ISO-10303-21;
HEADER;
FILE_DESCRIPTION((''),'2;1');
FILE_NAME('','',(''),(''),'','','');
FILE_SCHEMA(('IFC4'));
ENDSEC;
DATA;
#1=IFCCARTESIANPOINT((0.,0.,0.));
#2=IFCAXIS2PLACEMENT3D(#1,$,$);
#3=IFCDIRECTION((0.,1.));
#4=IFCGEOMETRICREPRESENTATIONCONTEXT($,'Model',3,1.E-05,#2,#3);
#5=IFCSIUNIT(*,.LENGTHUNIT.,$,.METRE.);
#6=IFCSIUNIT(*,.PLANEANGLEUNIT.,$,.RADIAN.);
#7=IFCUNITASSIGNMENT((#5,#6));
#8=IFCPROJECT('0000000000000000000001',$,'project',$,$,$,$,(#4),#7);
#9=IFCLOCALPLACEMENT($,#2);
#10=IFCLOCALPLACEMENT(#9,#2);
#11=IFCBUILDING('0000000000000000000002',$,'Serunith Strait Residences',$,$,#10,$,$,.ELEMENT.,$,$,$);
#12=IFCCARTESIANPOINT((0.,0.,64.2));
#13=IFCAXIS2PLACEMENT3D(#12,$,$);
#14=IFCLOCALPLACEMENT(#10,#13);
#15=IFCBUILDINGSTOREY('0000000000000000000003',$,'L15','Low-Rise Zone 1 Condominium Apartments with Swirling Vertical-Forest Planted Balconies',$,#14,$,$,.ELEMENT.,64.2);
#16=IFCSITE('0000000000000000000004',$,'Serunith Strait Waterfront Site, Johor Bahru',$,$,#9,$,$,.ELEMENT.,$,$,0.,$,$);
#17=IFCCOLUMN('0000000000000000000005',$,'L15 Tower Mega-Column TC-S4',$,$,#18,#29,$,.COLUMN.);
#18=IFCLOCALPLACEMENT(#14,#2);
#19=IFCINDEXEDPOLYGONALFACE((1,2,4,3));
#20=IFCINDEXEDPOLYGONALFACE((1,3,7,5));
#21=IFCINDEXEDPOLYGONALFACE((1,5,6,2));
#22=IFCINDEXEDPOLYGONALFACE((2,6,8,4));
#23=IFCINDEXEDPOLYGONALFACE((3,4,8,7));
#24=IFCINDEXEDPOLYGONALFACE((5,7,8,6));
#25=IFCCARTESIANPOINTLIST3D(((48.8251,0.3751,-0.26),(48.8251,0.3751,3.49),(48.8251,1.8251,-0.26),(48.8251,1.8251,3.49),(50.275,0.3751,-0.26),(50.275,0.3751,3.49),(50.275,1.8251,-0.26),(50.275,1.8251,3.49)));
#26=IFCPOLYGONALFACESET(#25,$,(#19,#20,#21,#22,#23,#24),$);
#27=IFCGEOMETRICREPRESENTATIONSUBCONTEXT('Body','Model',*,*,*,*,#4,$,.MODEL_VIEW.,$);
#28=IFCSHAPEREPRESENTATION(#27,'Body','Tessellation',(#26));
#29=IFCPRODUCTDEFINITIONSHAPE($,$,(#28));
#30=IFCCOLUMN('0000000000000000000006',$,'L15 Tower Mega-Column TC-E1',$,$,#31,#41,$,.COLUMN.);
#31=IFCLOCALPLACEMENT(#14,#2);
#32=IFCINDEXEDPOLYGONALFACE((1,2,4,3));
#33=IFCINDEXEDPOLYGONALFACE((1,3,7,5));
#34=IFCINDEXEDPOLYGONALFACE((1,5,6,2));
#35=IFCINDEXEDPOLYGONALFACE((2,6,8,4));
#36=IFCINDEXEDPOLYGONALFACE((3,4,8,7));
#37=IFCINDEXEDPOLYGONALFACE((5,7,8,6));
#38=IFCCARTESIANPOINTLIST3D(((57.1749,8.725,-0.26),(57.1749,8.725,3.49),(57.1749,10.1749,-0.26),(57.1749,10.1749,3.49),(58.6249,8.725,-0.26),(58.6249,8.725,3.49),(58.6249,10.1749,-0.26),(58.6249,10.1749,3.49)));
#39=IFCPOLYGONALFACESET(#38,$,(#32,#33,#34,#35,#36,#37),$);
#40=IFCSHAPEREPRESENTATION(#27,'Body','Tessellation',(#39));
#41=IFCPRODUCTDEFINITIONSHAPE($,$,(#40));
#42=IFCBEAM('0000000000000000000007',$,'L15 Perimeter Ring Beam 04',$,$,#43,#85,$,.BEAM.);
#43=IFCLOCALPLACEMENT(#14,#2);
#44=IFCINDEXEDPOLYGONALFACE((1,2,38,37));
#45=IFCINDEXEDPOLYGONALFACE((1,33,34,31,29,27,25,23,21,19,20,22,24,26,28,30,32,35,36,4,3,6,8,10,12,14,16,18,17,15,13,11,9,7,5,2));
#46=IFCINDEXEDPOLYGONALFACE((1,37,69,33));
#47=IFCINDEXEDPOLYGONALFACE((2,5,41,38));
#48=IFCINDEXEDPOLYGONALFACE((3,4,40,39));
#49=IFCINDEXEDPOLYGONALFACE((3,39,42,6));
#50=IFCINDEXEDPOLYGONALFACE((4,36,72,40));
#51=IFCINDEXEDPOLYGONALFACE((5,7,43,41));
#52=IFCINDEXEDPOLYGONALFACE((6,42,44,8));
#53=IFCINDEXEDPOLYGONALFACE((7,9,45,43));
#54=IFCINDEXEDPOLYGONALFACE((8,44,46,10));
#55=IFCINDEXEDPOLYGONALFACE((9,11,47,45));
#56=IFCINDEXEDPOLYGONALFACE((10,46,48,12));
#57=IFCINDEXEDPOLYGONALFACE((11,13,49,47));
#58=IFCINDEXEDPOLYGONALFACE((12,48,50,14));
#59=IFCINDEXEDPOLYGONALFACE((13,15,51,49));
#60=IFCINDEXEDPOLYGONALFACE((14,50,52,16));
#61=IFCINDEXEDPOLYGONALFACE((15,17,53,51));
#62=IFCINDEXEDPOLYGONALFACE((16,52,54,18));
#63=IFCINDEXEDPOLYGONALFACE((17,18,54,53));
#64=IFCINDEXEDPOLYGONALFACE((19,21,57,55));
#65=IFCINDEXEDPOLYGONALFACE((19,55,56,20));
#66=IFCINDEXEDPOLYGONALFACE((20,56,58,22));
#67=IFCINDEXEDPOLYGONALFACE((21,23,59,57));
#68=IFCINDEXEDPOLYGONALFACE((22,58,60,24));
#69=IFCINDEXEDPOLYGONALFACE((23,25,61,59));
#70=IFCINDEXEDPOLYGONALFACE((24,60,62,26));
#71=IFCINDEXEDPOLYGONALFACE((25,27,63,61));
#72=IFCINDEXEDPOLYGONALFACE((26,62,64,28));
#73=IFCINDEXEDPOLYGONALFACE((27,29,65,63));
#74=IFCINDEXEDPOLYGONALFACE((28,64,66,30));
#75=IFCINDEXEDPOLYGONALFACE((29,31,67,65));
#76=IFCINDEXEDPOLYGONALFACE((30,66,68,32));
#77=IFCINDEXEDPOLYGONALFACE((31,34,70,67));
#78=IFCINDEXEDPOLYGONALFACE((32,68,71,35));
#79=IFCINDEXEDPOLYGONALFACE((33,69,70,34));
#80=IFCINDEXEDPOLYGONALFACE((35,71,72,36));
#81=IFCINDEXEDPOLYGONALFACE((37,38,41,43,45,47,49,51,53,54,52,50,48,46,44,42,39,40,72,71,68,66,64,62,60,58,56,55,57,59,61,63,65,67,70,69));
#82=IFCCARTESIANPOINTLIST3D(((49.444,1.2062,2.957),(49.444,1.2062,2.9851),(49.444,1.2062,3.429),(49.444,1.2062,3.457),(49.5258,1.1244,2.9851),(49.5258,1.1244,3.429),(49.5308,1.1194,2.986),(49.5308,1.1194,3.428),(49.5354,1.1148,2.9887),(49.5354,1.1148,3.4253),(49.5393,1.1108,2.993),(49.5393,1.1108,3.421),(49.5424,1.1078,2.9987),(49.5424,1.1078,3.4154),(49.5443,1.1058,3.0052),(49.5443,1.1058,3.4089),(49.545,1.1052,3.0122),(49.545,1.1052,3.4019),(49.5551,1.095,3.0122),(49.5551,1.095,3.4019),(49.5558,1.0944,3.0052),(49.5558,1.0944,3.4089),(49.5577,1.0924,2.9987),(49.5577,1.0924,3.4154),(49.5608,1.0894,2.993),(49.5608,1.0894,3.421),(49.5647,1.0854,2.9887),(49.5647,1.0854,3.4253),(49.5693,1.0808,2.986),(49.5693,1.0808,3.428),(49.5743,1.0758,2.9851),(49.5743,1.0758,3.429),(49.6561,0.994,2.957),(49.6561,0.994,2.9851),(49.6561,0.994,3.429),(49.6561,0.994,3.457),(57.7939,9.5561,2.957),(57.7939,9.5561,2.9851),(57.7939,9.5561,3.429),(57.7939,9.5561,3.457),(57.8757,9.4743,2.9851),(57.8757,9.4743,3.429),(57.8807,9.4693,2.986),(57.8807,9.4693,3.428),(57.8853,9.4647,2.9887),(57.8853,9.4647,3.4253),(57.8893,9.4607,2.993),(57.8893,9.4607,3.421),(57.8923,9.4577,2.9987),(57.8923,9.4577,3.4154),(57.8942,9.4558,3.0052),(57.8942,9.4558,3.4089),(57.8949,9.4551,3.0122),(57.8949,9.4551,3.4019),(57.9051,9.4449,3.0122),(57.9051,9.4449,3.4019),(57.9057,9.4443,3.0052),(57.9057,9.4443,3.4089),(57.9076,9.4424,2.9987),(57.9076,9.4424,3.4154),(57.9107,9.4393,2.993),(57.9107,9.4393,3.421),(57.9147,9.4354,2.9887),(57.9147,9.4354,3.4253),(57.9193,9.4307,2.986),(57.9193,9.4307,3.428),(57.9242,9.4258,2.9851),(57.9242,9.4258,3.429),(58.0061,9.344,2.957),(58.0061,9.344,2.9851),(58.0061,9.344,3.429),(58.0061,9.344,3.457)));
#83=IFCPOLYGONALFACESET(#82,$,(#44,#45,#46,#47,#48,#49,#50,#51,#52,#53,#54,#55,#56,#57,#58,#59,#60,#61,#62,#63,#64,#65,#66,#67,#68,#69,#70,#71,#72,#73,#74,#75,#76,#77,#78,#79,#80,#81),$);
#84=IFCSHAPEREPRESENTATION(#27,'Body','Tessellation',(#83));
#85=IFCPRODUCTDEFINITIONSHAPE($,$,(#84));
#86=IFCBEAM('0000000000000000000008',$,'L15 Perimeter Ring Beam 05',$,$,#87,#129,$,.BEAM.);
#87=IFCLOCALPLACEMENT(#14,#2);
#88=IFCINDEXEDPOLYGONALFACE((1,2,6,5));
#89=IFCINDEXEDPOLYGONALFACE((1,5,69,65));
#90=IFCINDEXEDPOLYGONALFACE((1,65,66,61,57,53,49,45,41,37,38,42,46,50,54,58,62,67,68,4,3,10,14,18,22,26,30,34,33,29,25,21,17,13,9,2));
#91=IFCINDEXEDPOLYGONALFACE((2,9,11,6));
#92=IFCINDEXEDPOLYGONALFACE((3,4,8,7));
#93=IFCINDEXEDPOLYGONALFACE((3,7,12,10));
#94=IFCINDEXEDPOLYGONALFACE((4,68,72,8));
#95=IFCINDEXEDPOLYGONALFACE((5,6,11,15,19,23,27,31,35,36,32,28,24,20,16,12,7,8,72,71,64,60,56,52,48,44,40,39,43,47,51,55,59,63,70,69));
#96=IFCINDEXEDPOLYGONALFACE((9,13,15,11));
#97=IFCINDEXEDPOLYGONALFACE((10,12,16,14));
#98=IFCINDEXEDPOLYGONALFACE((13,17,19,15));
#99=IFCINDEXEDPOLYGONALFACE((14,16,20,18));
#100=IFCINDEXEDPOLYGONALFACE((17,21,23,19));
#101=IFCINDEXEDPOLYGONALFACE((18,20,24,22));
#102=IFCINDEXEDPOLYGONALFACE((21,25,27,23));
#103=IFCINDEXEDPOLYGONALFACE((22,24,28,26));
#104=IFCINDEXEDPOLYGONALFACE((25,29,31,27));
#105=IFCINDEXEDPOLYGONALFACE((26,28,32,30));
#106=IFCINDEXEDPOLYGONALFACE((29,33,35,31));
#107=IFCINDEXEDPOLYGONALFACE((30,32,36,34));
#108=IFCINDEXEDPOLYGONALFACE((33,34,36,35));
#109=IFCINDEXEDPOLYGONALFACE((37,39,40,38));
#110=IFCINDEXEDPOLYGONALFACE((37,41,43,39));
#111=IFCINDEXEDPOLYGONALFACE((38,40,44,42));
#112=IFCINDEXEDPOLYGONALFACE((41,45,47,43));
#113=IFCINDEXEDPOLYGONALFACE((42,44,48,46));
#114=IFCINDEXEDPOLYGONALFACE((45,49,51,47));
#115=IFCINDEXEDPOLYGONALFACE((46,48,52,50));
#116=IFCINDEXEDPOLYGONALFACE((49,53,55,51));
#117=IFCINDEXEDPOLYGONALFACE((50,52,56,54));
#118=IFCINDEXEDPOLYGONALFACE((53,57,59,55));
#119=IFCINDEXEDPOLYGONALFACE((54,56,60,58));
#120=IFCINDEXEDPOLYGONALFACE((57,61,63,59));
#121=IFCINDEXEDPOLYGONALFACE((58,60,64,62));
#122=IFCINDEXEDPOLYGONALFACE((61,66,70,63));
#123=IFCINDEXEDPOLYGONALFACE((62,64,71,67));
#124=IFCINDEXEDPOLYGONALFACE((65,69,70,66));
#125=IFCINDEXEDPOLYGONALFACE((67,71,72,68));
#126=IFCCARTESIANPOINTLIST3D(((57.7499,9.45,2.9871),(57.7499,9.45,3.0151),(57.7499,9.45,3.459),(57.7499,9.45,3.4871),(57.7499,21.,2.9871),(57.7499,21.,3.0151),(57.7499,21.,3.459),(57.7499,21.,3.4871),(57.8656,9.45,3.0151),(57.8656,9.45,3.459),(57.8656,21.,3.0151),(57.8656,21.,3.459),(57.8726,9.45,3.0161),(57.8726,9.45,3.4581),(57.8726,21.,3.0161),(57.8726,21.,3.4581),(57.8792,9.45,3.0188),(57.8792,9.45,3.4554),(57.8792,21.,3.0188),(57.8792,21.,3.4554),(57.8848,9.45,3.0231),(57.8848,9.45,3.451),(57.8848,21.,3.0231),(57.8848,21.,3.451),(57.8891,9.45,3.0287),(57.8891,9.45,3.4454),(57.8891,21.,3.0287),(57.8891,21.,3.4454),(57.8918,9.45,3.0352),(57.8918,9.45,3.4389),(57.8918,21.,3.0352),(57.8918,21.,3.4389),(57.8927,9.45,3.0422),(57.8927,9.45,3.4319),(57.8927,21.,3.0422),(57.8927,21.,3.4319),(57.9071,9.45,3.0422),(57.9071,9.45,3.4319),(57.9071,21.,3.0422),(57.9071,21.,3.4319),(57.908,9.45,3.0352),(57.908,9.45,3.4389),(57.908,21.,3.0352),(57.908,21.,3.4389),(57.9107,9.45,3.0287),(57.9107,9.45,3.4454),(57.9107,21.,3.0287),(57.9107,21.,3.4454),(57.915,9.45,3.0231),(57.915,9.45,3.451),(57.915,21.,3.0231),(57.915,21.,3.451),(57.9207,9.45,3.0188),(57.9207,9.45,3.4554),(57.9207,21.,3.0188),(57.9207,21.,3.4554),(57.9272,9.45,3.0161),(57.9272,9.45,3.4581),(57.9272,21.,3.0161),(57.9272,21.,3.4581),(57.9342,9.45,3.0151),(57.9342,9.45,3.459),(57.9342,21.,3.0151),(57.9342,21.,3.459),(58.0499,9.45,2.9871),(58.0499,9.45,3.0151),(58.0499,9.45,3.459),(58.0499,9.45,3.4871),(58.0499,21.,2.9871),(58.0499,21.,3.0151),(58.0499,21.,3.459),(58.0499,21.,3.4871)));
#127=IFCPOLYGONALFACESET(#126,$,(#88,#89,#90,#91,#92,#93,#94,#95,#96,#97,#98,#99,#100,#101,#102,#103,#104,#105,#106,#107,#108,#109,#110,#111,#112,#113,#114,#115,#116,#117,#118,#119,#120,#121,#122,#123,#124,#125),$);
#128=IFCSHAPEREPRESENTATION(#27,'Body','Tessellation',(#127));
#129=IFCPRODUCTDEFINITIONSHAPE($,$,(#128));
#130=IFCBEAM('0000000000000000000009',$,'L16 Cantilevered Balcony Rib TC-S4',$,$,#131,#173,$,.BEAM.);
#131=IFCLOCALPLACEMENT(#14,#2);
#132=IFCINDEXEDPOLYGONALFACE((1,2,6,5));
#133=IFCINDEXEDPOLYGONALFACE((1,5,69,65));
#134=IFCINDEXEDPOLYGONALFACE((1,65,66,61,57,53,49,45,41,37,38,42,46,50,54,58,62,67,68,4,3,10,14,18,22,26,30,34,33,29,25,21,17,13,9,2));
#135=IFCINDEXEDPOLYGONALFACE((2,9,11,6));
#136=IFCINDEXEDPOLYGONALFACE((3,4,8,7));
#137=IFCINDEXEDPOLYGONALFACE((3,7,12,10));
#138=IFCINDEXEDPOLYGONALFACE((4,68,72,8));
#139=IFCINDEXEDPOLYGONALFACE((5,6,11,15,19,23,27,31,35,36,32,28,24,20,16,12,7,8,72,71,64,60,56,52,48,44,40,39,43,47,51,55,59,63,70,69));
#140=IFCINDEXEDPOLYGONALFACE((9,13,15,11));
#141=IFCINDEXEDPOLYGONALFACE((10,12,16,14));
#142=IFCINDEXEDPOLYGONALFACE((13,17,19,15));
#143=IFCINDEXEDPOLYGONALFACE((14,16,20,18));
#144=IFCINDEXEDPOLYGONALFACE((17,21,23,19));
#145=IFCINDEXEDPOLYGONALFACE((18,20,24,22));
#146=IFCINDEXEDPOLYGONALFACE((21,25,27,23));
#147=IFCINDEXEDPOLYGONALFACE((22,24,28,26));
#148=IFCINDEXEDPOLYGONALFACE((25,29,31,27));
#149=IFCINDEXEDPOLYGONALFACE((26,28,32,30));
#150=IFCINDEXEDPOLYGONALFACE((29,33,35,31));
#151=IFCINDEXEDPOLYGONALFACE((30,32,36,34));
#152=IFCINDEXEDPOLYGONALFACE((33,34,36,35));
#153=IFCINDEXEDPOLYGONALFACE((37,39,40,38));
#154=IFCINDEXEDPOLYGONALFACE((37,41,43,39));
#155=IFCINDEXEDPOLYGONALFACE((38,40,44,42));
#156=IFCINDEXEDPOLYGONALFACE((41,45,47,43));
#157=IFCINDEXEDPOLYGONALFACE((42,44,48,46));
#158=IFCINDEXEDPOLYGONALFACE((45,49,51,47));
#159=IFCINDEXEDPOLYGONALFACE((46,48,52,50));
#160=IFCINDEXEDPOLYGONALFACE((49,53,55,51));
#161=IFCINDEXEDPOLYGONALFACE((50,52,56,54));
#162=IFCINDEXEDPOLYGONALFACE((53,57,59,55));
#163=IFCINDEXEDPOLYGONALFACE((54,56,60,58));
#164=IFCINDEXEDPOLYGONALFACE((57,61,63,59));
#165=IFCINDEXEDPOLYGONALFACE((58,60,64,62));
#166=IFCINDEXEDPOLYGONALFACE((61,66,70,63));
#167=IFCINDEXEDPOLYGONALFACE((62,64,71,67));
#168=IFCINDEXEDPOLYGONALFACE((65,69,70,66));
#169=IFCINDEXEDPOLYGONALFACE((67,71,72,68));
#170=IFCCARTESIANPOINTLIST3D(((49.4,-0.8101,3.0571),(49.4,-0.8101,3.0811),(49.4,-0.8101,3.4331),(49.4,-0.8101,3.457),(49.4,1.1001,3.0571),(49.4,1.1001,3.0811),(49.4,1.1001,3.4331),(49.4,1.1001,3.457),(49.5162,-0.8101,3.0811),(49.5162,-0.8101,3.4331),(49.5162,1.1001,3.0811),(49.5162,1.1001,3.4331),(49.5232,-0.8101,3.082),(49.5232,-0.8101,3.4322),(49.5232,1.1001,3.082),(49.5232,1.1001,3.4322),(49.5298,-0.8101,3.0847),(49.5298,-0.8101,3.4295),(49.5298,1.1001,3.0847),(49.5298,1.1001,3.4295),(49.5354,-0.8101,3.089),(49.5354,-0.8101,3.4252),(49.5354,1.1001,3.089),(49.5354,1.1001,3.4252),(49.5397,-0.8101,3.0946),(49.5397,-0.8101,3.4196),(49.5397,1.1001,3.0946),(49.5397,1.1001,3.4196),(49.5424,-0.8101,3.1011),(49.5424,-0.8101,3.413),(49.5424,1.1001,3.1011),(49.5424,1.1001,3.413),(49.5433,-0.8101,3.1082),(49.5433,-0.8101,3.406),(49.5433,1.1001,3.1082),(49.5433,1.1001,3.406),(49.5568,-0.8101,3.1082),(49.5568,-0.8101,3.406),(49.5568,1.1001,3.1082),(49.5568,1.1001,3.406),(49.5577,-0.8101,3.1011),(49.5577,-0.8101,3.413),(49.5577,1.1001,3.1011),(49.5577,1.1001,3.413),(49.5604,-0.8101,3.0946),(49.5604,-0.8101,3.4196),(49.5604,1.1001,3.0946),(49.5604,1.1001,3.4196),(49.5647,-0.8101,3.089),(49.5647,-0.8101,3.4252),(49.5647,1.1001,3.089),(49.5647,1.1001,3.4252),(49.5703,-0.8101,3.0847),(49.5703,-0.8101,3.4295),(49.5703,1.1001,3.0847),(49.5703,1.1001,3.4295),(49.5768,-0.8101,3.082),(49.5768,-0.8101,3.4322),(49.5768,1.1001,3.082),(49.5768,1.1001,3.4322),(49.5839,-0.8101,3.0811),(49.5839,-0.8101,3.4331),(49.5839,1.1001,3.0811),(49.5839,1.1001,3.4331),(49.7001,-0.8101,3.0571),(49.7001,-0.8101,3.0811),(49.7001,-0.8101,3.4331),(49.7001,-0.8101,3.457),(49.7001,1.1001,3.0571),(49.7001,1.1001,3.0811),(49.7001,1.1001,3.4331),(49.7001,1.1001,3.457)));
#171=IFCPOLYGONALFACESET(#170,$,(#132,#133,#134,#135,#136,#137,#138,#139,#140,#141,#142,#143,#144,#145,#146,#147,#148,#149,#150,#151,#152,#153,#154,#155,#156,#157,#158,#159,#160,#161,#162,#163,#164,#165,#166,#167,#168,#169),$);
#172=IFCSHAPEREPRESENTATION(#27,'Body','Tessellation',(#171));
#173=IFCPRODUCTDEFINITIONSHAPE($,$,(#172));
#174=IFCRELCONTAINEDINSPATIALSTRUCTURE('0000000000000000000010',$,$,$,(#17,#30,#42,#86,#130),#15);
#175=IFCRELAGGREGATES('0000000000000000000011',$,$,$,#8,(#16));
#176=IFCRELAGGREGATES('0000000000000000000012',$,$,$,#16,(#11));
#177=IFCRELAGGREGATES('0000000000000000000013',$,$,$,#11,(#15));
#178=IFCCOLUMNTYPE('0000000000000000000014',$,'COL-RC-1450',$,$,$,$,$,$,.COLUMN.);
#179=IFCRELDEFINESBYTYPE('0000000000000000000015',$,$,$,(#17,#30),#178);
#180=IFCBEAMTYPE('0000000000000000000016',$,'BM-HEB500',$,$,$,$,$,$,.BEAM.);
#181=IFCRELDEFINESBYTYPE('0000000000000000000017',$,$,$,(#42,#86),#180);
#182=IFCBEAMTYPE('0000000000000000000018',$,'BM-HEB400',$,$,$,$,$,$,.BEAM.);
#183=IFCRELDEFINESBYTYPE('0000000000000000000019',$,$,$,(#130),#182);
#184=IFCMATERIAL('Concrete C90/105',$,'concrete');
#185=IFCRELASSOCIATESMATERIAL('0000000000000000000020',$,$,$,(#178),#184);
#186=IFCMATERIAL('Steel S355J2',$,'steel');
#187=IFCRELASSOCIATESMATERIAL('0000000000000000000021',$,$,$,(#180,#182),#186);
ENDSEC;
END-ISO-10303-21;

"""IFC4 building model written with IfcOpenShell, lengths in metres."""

from ifc_helpers import new_model, si_unit, direction, frame, origin, origin_2d, place, context, subcontext, project, spatial, rectangle, i_section, extrude, source, transform, mapped, material, material_profile, profile_set, type_object, element, save


model = new_model("IFC4")

# Units and contexts
model_context = context("Model", 3, precision=1e-05, world=origin(), true_north=direction((0.0, 1.0)))
body_context = subcontext(model_context, "Body", "Model", "MODEL_VIEW")
ifc_project = project(units=[si_unit("LENGTHUNIT", "METRE"), si_unit("PLANEANGLEUNIT", "RADIAN")], contexts=[model_context])

# Site, building, storey
site_placement = place(None, origin())
site = spatial("IfcSite", under=ifc_project, at=site_placement, Name="Serunith Strait Waterfront Site, Johor Bahru", CompositionType="ELEMENT", RefElevation=0.0)
building_placement = place(site_placement, origin())
building = spatial("IfcBuilding", under=site, at=building_placement, Name="Serunith Strait Residences", CompositionType="ELEMENT")
storey_placement = place(building_placement, frame((0.0, 0.0, 64.2)))
storey = spatial("IfcBuildingStorey", under=building, at=storey_placement, Name="L15", Description="Low-Rise Zone 1 Condominium Apartments with Swirling Vertical-Forest Planted Balconies", CompositionType="ELEMENT", Elevation=64.2)

# Columns
ifc_material_1 = material(Name="Concrete C90/105", Category="concrete")
ifc_material_profile_1 = material_profile(ifc_material_1, rectangle(XDim=1.45, YDim=1.45, at=origin_2d()), Name="RC 1450x1450")
ifc_profile_set_1 = profile_set([ifc_material_profile_1], Name="Concrete C90/105")
column_type = type_object("IfcColumnType", Name="COL-RC-1450", PredefinedType="COLUMN", material=ifc_profile_set_1)
shared_shape_1 = source(origin(), body_context, "Body", "SweptSolid", [
    extrude(rectangle(XDim=1.45, YDim=1.45, at=origin_2d()), origin(), (0.0, 0.0, 1.0), 3.75),
])
for number, where, z_axis, x_axis, name in (
    (1, (49.55, 1.1001, -0.26), (0.0, 0.0, 1.0), (1.0, 0.0, 0.0), "L15 Tower Mega-Column TC-S4"),
    (2, (57.8999, 9.45, -0.26), (0.0, 0.0, 1.0), (1.0, 0.0, 0.0), "L15 Tower Mega-Column TC-E1"),
):
    element("IfcColumn", number, at=place(storey_placement, frame(where, z_axis=z_axis, x_axis=x_axis)), inside=storey, type_object=column_type, Name=name, PredefinedType="COLUMN", context=body_context, shape_type="MappedRepresentation", body=[
        mapped(shared_shape_1, transform((0.0, 0.0, 0.0), scale=1.0)),
    ])

# Beams
ifc_material_2 = material(Name="Steel S355J2", Category="steel")
ifc_material_profile_2 = material_profile(ifc_material_2, i_section(OverallWidth=0.3, OverallDepth=0.5, WebThickness=0.0144, FlangeThickness=0.0281, FilletRadius=0.0271, at=origin_2d()), Name="HEB 500")
ifc_profile_set_2 = profile_set([ifc_material_profile_2], Name="Steel S355J2")
beam_type_1 = type_object("IfcBeamType", Name="BM-HEB500", PredefinedType="BEAM", material=ifc_profile_set_2)
shared_shape_2 = source(origin(), body_context, "Body", "SweptSolid", [
    extrude(i_section(OverallWidth=0.3, OverallDepth=0.5, WebThickness=0.0144, FlangeThickness=0.0281, FilletRadius=0.0271, at=origin_2d()), origin(), (0.0, 0.0, 1.0), 11.8086),
])
beam_1_placement = place(storey_placement, frame((49.55, 1.1001, 3.207), z_axis=(0.707107, 0.707107, 0.0), x_axis=(-0.707107, 0.707107, 0.0)))
element("IfcBeam", 3, at=beam_1_placement, inside=storey, type_object=beam_type_1, Name="L15 Perimeter Ring Beam 04", PredefinedType="BEAM", context=body_context, shape_type="MappedRepresentation", body=[
    mapped(shared_shape_2, transform((0.0, 0.0, 0.0), scale=1.0)),
])
shared_shape_3 = source(origin(), body_context, "Body", "SweptSolid", [
    extrude(i_section(OverallWidth=0.3, OverallDepth=0.5, WebThickness=0.0144, FlangeThickness=0.0281, FilletRadius=0.0271, at=origin_2d()), origin(), (0.0, 0.0, 1.0), 11.55),
])
beam_2_placement = place(storey_placement, frame((57.8999, 9.45, 3.2371), z_axis=(0.0, 1.0, 0.0), x_axis=(-1.0, 0.0, 0.0)))
element("IfcBeam", 4, at=beam_2_placement, inside=storey, type_object=beam_type_1, Name="L15 Perimeter Ring Beam 05", PredefinedType="BEAM", context=body_context, shape_type="MappedRepresentation", body=[
    mapped(shared_shape_3, transform((0.0, 0.0, 0.0), scale=1.0)),
])
ifc_material_profile_3 = material_profile(ifc_material_2, i_section(OverallWidth=0.3, OverallDepth=0.3999, WebThickness=0.0134, FlangeThickness=0.0239, FilletRadius=0.0271, at=origin_2d()), Name="HEB 400")
ifc_profile_set_3 = profile_set([ifc_material_profile_3], Name="Steel S355J2")
beam_type_2 = type_object("IfcBeamType", Name="BM-HEB400", PredefinedType="BEAM", material=ifc_profile_set_3)
shared_shape_4 = source(origin(), body_context, "Body", "SweptSolid", [
    extrude(i_section(OverallWidth=0.3, OverallDepth=0.3999, WebThickness=0.0134, FlangeThickness=0.0239, FilletRadius=0.0271, at=origin_2d()), origin(), (0.0, 0.0, 1.0), 1.9102),
])
beam_3_placement = place(storey_placement, frame((49.55, 1.1001, 3.2571), z_axis=(0.0, -1.0, 0.0), x_axis=(1.0, 0.0, 0.0)))
element("IfcBeam", 5, at=beam_3_placement, inside=storey, type_object=beam_type_2, Name="L16 Cantilevered Balcony Rib TC-S4", PredefinedType="BEAM", context=body_context, shape_type="MappedRepresentation", body=[
    mapped(shared_shape_4, transform((0.0, 0.0, 0.0), scale=1.0)),
])

save(model, "model.ifc")
